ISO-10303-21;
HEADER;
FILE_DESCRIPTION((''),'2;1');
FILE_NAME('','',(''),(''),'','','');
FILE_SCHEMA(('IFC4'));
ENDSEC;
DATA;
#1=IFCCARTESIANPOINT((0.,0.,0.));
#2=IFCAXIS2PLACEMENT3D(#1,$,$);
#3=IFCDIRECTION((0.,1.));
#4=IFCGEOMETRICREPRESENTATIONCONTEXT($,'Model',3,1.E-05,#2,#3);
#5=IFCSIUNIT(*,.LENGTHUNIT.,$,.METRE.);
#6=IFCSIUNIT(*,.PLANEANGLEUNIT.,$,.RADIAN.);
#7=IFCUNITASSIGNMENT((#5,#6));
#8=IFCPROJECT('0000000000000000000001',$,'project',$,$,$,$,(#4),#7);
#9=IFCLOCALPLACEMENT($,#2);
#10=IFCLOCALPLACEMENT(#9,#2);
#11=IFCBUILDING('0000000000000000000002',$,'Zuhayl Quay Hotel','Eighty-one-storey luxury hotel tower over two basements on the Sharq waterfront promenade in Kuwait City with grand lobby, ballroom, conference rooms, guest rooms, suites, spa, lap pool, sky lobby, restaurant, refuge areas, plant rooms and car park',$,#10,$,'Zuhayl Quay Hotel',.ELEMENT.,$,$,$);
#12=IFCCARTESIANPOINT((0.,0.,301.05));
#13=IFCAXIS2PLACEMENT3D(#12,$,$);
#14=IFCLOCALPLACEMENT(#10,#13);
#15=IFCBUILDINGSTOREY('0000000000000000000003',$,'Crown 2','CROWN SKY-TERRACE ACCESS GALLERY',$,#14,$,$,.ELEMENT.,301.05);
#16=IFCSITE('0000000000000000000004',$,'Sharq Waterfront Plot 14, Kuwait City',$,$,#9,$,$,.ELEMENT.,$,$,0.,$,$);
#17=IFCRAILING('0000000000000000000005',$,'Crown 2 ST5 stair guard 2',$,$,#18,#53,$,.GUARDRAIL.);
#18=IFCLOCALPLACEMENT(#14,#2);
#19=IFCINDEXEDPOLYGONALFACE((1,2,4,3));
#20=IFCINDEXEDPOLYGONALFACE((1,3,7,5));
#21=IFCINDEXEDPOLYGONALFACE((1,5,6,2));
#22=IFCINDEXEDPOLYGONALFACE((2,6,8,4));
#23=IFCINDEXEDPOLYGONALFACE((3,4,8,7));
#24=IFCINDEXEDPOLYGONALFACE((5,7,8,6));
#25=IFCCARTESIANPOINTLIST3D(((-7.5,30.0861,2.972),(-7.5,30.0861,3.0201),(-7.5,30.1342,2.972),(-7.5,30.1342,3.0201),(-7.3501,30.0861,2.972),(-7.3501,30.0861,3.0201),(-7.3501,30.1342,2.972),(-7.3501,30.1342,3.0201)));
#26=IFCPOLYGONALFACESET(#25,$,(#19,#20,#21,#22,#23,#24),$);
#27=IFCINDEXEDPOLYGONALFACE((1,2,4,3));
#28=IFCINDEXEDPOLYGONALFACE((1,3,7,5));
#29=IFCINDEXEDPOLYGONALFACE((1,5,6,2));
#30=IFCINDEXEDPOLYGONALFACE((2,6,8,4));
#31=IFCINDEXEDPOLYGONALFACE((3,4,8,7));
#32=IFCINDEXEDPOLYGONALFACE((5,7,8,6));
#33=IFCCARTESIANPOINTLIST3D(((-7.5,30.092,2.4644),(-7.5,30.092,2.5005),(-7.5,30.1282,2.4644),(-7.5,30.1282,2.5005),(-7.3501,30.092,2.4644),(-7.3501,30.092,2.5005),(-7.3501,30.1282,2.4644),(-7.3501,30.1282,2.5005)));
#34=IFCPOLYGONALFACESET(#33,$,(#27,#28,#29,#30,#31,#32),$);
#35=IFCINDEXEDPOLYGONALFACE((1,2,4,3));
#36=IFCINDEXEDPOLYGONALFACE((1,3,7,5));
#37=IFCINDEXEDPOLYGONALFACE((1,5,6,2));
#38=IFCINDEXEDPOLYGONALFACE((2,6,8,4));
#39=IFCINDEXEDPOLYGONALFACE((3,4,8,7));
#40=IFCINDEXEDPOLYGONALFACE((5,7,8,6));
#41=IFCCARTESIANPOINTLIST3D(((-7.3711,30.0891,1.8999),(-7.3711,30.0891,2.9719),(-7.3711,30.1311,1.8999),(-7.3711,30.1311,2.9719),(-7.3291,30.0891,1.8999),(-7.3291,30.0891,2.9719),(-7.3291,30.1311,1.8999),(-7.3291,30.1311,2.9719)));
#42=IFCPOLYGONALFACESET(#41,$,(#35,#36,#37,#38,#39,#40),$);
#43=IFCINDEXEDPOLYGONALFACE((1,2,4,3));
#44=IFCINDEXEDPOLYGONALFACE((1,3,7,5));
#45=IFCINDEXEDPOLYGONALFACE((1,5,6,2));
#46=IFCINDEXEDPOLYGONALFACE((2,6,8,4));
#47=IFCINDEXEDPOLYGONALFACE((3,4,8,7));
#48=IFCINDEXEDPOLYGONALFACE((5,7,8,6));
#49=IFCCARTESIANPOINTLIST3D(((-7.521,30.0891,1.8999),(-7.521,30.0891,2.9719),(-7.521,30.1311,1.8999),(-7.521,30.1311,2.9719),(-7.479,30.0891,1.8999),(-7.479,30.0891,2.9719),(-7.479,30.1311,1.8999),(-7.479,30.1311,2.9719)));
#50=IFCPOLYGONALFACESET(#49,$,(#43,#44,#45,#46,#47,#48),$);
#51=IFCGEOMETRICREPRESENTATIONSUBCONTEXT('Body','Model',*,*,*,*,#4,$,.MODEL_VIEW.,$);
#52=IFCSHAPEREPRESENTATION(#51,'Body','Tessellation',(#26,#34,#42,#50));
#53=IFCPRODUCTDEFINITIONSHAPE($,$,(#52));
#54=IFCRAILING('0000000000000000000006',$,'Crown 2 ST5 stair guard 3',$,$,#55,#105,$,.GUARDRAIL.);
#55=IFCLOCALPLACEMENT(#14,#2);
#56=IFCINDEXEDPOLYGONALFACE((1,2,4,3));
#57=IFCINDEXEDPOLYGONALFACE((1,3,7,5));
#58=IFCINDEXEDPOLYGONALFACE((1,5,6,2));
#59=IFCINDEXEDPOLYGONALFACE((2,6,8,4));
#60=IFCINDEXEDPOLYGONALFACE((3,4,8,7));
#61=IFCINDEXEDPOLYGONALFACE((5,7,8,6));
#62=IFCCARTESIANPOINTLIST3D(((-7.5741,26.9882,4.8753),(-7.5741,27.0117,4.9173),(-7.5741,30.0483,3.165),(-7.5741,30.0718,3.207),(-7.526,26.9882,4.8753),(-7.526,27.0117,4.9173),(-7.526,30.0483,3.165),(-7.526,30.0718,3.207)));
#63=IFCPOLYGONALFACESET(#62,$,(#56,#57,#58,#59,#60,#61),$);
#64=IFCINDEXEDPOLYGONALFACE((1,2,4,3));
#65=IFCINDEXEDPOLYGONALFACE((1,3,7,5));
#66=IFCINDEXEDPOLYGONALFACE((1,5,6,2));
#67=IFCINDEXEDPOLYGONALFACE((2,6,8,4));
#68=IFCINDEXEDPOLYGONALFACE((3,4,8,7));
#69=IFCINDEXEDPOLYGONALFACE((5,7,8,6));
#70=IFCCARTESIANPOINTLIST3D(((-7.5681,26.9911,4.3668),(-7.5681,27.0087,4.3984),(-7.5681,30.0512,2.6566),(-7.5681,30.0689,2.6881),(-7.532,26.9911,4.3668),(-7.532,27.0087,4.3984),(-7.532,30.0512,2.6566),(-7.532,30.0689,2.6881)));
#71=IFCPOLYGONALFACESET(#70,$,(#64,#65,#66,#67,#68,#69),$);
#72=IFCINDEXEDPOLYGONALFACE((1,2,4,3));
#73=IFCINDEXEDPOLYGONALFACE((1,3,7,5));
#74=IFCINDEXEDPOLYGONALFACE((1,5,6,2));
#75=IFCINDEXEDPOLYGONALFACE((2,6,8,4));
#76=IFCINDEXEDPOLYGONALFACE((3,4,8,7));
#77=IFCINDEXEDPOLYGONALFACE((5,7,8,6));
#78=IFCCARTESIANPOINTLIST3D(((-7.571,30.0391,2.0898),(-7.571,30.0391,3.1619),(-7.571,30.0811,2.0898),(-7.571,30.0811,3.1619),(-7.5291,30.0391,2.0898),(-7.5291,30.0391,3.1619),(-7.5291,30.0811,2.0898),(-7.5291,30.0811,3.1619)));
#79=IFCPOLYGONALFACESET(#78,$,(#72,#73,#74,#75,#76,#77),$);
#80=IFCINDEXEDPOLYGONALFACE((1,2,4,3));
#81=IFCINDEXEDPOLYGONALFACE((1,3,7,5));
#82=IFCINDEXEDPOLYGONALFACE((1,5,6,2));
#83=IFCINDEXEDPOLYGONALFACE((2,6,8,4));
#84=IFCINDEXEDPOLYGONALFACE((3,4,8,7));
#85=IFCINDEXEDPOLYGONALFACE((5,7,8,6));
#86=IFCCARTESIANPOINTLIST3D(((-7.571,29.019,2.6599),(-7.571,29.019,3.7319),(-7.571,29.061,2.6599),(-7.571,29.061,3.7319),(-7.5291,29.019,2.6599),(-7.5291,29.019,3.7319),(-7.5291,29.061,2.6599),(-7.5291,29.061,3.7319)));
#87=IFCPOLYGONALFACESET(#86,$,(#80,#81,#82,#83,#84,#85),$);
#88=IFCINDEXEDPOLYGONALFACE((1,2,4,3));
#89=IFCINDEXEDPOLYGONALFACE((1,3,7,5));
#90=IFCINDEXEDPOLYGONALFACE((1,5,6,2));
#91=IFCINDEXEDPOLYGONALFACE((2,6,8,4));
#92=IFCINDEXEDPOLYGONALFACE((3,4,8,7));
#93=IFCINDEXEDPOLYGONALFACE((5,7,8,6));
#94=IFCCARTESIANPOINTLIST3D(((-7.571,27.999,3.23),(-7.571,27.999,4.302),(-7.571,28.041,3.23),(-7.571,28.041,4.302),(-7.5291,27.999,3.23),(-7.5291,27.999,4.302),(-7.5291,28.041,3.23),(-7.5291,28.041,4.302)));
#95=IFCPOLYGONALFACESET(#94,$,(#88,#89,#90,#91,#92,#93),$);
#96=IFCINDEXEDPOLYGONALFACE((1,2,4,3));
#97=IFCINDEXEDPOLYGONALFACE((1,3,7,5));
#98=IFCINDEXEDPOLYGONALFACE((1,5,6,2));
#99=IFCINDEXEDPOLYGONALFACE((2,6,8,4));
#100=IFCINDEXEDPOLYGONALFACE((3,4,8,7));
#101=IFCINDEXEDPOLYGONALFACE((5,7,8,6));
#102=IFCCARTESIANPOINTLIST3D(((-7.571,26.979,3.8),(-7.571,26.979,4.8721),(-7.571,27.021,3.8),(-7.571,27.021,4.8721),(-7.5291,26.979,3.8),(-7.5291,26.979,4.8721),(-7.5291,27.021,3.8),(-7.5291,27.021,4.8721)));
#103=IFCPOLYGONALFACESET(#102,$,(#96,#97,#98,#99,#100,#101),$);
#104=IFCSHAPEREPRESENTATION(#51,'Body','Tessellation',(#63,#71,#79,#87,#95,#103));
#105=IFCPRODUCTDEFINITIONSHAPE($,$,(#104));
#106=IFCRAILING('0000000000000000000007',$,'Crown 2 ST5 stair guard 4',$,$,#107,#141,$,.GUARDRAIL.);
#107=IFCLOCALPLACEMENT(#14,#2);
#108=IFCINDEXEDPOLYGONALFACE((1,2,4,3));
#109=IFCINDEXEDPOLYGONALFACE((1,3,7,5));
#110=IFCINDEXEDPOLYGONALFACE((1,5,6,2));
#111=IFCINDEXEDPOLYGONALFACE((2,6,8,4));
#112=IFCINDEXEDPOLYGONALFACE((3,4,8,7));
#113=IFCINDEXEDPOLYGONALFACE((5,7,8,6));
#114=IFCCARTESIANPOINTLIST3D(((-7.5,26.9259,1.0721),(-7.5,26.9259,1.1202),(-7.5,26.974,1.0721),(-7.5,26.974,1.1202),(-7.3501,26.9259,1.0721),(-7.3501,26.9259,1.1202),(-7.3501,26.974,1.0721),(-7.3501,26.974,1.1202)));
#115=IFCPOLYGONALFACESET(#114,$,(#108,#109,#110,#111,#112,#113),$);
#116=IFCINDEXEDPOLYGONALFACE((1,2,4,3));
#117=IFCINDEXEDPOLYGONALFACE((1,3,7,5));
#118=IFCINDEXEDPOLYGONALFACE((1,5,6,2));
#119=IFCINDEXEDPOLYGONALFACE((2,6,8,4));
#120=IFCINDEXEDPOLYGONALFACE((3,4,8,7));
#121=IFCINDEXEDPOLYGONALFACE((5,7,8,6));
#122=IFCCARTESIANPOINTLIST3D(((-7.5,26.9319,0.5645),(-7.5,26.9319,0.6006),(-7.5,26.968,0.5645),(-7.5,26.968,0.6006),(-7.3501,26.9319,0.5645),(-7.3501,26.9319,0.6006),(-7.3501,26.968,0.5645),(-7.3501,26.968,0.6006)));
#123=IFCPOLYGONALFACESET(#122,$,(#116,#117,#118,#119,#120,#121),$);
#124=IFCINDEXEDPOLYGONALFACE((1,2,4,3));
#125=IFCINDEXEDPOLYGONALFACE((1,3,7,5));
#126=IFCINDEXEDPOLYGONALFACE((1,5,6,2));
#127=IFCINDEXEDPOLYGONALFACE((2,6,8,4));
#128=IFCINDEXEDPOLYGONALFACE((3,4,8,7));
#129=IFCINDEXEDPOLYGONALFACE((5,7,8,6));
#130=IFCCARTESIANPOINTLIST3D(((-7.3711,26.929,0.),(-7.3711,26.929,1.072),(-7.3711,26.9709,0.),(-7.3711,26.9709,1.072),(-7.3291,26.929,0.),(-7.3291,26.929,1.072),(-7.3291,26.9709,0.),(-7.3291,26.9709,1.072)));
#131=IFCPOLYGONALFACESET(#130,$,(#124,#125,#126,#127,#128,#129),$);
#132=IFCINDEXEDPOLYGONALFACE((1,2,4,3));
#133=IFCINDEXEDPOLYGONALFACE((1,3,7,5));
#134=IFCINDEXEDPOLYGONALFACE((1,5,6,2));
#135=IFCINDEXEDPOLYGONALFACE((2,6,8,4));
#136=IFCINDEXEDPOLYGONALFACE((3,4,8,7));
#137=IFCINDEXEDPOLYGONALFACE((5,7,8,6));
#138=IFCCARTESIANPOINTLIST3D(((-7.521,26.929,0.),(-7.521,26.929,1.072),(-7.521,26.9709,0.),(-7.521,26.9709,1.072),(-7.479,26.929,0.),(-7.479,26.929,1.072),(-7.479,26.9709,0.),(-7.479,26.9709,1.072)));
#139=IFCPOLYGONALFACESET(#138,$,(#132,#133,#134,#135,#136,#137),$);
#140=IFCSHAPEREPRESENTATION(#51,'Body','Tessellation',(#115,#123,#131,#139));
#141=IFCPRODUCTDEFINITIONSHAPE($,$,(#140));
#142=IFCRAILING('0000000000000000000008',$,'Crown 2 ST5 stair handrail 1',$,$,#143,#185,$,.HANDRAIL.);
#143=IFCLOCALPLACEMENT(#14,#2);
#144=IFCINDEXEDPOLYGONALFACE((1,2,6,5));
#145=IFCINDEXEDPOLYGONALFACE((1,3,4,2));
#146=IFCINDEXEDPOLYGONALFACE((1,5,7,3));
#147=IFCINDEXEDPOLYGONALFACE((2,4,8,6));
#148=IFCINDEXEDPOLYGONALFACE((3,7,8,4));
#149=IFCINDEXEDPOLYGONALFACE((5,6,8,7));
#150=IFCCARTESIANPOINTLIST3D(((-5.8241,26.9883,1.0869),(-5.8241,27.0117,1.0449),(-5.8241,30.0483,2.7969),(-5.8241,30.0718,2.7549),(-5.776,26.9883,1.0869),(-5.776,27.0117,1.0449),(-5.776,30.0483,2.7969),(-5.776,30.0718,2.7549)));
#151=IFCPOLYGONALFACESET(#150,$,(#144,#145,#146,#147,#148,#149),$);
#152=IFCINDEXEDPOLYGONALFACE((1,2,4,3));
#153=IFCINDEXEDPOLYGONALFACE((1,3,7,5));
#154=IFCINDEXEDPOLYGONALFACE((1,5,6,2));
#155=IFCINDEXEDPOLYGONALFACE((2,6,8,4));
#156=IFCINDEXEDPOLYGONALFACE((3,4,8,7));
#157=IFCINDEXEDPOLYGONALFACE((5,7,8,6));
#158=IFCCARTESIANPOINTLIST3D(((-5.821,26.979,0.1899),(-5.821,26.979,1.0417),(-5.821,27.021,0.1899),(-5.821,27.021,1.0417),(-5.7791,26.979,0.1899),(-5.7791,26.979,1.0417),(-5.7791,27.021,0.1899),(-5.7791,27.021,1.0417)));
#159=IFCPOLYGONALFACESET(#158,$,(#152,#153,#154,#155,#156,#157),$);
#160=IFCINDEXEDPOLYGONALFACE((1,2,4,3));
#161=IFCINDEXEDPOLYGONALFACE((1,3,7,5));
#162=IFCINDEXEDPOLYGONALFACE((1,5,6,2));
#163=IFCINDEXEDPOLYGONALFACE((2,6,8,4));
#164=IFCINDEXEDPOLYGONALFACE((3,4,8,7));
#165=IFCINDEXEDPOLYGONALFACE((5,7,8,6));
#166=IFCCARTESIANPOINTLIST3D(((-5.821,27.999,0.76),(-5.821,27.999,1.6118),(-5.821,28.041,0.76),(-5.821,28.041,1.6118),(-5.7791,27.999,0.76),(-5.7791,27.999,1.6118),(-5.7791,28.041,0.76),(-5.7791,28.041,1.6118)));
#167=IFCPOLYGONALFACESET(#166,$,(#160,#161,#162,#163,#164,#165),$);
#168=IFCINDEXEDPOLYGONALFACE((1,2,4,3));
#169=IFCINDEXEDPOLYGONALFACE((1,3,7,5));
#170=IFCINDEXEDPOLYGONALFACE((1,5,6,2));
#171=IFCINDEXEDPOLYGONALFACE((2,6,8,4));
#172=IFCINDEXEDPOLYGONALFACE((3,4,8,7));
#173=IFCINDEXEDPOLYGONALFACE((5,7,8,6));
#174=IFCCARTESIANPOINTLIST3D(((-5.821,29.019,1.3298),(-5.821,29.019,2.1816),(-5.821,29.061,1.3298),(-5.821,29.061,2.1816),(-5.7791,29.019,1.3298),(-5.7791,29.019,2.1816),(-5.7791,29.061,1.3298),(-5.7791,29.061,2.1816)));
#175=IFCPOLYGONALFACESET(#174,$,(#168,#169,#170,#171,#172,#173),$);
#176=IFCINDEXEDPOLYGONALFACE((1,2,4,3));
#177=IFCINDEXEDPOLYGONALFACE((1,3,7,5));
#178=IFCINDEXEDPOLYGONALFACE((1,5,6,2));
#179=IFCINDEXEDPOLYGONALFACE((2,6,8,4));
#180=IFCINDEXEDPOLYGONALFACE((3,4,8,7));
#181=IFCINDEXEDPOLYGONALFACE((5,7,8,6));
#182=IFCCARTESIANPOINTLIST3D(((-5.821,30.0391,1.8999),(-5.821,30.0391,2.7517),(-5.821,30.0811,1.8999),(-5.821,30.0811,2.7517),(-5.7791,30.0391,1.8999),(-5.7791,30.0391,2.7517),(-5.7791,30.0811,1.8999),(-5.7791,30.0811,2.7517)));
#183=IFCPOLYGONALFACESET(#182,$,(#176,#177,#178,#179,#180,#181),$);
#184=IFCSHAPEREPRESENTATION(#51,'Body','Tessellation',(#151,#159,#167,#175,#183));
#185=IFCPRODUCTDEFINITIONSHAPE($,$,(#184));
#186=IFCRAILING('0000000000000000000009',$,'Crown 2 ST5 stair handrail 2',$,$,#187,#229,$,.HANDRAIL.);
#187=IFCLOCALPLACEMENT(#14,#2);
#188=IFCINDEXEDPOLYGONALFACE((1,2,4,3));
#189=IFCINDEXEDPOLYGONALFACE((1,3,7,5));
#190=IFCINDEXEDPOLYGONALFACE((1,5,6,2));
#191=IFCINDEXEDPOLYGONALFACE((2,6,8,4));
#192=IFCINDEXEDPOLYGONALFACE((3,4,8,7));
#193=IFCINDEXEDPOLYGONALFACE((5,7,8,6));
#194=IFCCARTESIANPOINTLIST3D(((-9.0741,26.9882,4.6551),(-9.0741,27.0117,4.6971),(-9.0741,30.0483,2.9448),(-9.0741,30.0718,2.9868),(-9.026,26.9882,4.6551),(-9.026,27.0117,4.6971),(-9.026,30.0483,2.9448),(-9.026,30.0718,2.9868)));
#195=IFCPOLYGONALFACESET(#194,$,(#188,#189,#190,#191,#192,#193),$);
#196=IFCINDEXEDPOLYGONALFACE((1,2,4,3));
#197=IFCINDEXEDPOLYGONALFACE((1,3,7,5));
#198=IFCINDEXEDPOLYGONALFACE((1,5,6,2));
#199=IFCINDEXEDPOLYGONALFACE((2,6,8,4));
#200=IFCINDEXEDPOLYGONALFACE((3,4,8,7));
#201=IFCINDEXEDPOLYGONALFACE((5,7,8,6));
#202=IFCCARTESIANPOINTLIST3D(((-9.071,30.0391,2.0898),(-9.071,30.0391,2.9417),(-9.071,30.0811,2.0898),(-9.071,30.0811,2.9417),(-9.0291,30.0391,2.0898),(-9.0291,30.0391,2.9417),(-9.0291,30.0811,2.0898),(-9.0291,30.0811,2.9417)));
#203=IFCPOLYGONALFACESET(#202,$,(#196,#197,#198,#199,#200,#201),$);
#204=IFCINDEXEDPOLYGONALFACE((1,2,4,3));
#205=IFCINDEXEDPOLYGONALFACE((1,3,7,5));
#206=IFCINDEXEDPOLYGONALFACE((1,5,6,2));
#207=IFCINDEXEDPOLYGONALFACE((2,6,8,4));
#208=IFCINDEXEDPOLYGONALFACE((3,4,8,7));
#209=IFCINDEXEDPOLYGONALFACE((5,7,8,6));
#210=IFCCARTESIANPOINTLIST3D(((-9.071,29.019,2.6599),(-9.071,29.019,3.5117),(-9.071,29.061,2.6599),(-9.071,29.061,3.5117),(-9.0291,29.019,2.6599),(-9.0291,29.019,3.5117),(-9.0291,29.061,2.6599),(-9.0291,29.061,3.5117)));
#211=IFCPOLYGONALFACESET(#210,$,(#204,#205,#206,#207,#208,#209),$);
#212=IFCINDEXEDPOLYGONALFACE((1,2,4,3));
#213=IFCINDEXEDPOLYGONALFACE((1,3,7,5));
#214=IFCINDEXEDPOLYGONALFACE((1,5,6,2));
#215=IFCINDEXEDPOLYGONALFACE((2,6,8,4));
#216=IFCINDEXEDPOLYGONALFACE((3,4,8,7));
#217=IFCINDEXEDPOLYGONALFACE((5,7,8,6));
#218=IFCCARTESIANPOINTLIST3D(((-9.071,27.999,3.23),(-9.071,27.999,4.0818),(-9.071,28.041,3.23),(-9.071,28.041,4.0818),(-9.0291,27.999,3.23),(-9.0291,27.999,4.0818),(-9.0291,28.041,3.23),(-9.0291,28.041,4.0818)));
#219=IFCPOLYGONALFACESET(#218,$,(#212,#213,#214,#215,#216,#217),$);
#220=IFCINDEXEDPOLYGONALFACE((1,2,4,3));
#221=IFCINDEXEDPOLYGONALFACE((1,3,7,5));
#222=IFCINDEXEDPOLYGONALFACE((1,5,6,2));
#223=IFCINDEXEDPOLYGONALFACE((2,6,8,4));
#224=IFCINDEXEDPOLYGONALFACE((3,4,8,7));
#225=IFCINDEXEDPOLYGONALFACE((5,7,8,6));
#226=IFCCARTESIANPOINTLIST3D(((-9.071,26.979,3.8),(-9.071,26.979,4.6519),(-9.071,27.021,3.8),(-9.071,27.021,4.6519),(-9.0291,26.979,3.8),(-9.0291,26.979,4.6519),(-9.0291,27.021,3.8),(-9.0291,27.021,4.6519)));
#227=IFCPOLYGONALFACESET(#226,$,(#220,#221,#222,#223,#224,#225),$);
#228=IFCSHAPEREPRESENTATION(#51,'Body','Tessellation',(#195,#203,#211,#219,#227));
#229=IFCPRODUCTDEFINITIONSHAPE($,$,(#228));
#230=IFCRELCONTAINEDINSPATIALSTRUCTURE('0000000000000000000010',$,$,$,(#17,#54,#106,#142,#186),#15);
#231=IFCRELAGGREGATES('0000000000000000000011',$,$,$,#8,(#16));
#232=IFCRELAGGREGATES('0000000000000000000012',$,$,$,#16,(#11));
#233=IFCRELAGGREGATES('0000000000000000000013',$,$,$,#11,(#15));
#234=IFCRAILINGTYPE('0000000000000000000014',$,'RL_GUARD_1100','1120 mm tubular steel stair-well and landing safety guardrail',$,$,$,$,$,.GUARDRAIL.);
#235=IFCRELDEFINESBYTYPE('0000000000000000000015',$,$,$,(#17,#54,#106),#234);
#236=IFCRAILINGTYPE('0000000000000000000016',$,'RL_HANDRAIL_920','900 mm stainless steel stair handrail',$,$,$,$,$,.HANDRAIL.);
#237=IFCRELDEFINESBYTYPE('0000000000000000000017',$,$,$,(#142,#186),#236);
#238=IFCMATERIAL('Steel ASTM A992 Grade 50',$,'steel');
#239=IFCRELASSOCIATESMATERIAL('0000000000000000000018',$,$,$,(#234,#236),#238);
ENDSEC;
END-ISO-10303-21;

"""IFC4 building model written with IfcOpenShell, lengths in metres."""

from ifc_helpers import new_model, si_unit, direction, frame, origin, origin_2d, place, context, subcontext, project, spatial, rectangle, extrude, material, type_object, element, save


model = new_model("IFC4")

# Units and contexts
model_context = context("Model", 3, precision=1e-05, world=origin(), true_north=direction((0.0, 1.0)))
body_context = subcontext(model_context, "Body", "Model", "MODEL_VIEW")
ifc_project = project(units=[si_unit("LENGTHUNIT", "METRE"), si_unit("PLANEANGLEUNIT", "RADIAN")], contexts=[model_context])

# Site, building, storey
site_placement = place(None, origin())
site = spatial("IfcSite", under=ifc_project, at=site_placement, Name="Sharq Waterfront Plot 14, Kuwait City", CompositionType="ELEMENT", RefElevation=0.0)
building_placement = place(site_placement, origin())
building = spatial("IfcBuilding", under=site, at=building_placement, Name="Zuhayl Quay Hotel", Description="Eighty-one-storey luxury hotel tower over two basements on the Sharq waterfront promenade in Kuwait City with grand lobby, ballroom, conference rooms, guest rooms, suites, spa, lap pool, sky lobby, restaurant, refuge areas, plant rooms and car park", LongName="Zuhayl Quay Hotel", CompositionType="ELEMENT")
storey_placement = place(building_placement, frame((0.0, 0.0, 301.05)))
storey = spatial("IfcBuildingStorey", under=building, at=storey_placement, Name="Crown 2", Description="CROWN SKY-TERRACE ACCESS GALLERY", CompositionType="ELEMENT", Elevation=301.05)

# Shared definitions
ifc_material_1 = material(Name="Steel ASTM A992 Grade 50", Category="steel")

# Railings
railing_type_1 = type_object("IfcRailingType", Name="RL_GUARD_1100", Description="1120 mm tubular steel stair-well and landing safety guardrail", PredefinedType="GUARDRAIL", material=ifc_material_1)
railing_1_placement = place(storey_placement, frame((-7.3501, 30.1101, 1.8999)))
element("IfcRailing", 1, at=railing_1_placement, inside=storey, type_object=railing_type_1, Name="Crown 2 ST5 stair guard 2", PredefinedType="GUARDRAIL", context=body_context, shape_type="SweptSolid", body=[
    extrude(rectangle(XDim=0.0481, YDim=0.0481, at=origin_2d()), frame((0.0, 0.0, 1.0962), z_axis=(-1.0, 0.0, 0.0), x_axis=(0.0, -1.0, 0.0)), (0.0, 0.0, 1.0), 0.1499),
    extrude(rectangle(XDim=0.0361, YDim=0.0361, at=origin_2d()), frame((0.0, 0.0, 0.5825), z_axis=(-1.0, 0.0, 0.0), x_axis=(0.0, -1.0, 0.0)), (0.0, 0.0, 1.0), 0.1499),
    extrude(rectangle(XDim=0.042, YDim=0.042, at=origin_2d()), origin(), (0.0, 0.0, 1.0), 1.072),
    extrude(rectangle(XDim=0.042, YDim=0.042, at=origin_2d()), frame((-0.1499, 0.0, 0.0)), (0.0, 0.0, 1.0), 1.072),
])
railing_2_placement = place(storey_placement, frame((-7.55, 30.0601, 2.0898)))
element("IfcRailing", 2, at=railing_2_placement, inside=storey, type_object=railing_type_1, Name="Crown 2 ST5 stair guard 3", PredefinedType="GUARDRAIL", context=body_context, shape_type="SweptSolid", body=[
    extrude(rectangle(XDim=0.0481, YDim=0.0481, at=origin_2d()), frame((0.0, 0.0, 1.0962), z_axis=(0.0, -0.872923, 0.487859), x_axis=(1.0, 0.0, 0.0)), (0.0, 0.0, 1.0), 3.5056),
    extrude(rectangle(XDim=0.0361, YDim=0.0361, at=origin_2d()), frame((0.0, 0.0, 0.5825), z_axis=(0.0, -0.872923, 0.487859), x_axis=(1.0, 0.0, 0.0)), (0.0, 0.0, 1.0), 3.5056),
    extrude(rectangle(XDim=0.042, YDim=0.042, at=origin_2d()), origin(), (0.0, 0.0, 1.0), 1.072),
    extrude(rectangle(XDim=0.042, YDim=0.042, at=origin_2d()), frame((0.0, -1.02, 0.5701)), (0.0, 0.0, 1.0), 1.072),
    extrude(rectangle(XDim=0.042, YDim=0.042, at=origin_2d()), frame((0.0, -2.04, 1.1401)), (0.0, 0.0, 1.0), 1.072),
    extrude(rectangle(XDim=0.042, YDim=0.042, at=origin_2d()), frame((0.0, -3.0601, 1.7102)), (0.0, 0.0, 1.0), 1.072),
])
railing_3_placement = place(storey_placement, frame((-7.3501, 26.95, 0.0)))
element("IfcRailing", 3, at=railing_3_placement, inside=storey, type_object=railing_type_1, Name="Crown 2 ST5 stair guard 4", PredefinedType="GUARDRAIL", context=body_context, shape_type="SweptSolid", body=[
    extrude(rectangle(XDim=0.0481, YDim=0.0481, at=origin_2d()), frame((0.0, 0.0, 1.0962), z_axis=(-1.0, 0.0, 0.0), x_axis=(0.0, -1.0, 0.0)), (0.0, 0.0, 1.0), 0.1499),
    extrude(rectangle(XDim=0.0361, YDim=0.0361, at=origin_2d()), frame((0.0, 0.0, 0.5825), z_axis=(-1.0, 0.0, 0.0), x_axis=(0.0, -1.0, 0.0)), (0.0, 0.0, 1.0), 0.1499),
    extrude(rectangle(XDim=0.042, YDim=0.042, at=origin_2d()), origin(), (0.0, 0.0, 1.0), 1.072),
    extrude(rectangle(XDim=0.042, YDim=0.042, at=origin_2d()), frame((-0.1499, 0.0, 0.0)), (0.0, 0.0, 1.0), 1.072),
])
railing_type_2 = type_object("IfcRailingType", Name="RL_HANDRAIL_920", Description="900 mm stainless steel stair handrail", PredefinedType="HANDRAIL", material=ifc_material_1)
railing_4_placement = place(storey_placement, frame((-5.8, 27.0, 0.1899)))
element("IfcRailing", 4, at=railing_4_placement, inside=storey, type_object=railing_type_2, Name="Crown 2 ST5 stair handrail 1", PredefinedType="HANDRAIL", context=body_context, shape_type="SweptSolid", body=[
    extrude(rectangle(XDim=0.0481, YDim=0.0481, at=origin_2d()), frame((0.0, 0.0, 0.876), z_axis=(0.0, 0.872952, 0.487806), x_axis=(-1.0, 0.0, 0.0)), (0.0, 0.0, 1.0), 3.5054),
    extrude(rectangle(XDim=0.042, YDim=0.042, at=origin_2d()), origin(), (0.0, 0.0, 1.0), 0.8518),
    extrude(rectangle(XDim=0.042, YDim=0.042, at=origin_2d()), frame((0.0, 1.02, 0.5701)), (0.0, 0.0, 1.0), 0.8518),
    extrude(rectangle(XDim=0.042, YDim=0.042, at=origin_2d()), frame((0.0, 2.04, 1.1399)), (0.0, 0.0, 1.0), 0.8518),
    extrude(rectangle(XDim=0.042, YDim=0.042, at=origin_2d()), frame((0.0, 3.0601, 1.71)), (0.0, 0.0, 1.0), 0.8518),
])
railing_5_placement = place(storey_placement, frame((-9.05, 30.0601, 2.0898)))
element("IfcRailing", 5, at=railing_5_placement, inside=storey, type_object=railing_type_2, Name="Crown 2 ST5 stair handrail 2", PredefinedType="HANDRAIL", context=body_context, shape_type="SweptSolid", body=[
    extrude(rectangle(XDim=0.0481, YDim=0.0481, at=origin_2d()), frame((0.0, 0.0, 0.876), z_axis=(0.0, -0.872923, 0.487859), x_axis=(1.0, 0.0, 0.0)), (0.0, 0.0, 1.0), 3.5056),
    extrude(rectangle(XDim=0.042, YDim=0.042, at=origin_2d()), origin(), (0.0, 0.0, 1.0), 0.8518),
    extrude(rectangle(XDim=0.042, YDim=0.042, at=origin_2d()), frame((0.0, -1.02, 0.5701)), (0.0, 0.0, 1.0), 0.8518),
    extrude(rectangle(XDim=0.042, YDim=0.042, at=origin_2d()), frame((0.0, -2.04, 1.1401)), (0.0, 0.0, 1.0), 0.8518),
    extrude(rectangle(XDim=0.042, YDim=0.042, at=origin_2d()), frame((0.0, -3.0601, 1.7102)), (0.0, 0.0, 1.0), 0.8518),
])

save(model, "model.ifc")
